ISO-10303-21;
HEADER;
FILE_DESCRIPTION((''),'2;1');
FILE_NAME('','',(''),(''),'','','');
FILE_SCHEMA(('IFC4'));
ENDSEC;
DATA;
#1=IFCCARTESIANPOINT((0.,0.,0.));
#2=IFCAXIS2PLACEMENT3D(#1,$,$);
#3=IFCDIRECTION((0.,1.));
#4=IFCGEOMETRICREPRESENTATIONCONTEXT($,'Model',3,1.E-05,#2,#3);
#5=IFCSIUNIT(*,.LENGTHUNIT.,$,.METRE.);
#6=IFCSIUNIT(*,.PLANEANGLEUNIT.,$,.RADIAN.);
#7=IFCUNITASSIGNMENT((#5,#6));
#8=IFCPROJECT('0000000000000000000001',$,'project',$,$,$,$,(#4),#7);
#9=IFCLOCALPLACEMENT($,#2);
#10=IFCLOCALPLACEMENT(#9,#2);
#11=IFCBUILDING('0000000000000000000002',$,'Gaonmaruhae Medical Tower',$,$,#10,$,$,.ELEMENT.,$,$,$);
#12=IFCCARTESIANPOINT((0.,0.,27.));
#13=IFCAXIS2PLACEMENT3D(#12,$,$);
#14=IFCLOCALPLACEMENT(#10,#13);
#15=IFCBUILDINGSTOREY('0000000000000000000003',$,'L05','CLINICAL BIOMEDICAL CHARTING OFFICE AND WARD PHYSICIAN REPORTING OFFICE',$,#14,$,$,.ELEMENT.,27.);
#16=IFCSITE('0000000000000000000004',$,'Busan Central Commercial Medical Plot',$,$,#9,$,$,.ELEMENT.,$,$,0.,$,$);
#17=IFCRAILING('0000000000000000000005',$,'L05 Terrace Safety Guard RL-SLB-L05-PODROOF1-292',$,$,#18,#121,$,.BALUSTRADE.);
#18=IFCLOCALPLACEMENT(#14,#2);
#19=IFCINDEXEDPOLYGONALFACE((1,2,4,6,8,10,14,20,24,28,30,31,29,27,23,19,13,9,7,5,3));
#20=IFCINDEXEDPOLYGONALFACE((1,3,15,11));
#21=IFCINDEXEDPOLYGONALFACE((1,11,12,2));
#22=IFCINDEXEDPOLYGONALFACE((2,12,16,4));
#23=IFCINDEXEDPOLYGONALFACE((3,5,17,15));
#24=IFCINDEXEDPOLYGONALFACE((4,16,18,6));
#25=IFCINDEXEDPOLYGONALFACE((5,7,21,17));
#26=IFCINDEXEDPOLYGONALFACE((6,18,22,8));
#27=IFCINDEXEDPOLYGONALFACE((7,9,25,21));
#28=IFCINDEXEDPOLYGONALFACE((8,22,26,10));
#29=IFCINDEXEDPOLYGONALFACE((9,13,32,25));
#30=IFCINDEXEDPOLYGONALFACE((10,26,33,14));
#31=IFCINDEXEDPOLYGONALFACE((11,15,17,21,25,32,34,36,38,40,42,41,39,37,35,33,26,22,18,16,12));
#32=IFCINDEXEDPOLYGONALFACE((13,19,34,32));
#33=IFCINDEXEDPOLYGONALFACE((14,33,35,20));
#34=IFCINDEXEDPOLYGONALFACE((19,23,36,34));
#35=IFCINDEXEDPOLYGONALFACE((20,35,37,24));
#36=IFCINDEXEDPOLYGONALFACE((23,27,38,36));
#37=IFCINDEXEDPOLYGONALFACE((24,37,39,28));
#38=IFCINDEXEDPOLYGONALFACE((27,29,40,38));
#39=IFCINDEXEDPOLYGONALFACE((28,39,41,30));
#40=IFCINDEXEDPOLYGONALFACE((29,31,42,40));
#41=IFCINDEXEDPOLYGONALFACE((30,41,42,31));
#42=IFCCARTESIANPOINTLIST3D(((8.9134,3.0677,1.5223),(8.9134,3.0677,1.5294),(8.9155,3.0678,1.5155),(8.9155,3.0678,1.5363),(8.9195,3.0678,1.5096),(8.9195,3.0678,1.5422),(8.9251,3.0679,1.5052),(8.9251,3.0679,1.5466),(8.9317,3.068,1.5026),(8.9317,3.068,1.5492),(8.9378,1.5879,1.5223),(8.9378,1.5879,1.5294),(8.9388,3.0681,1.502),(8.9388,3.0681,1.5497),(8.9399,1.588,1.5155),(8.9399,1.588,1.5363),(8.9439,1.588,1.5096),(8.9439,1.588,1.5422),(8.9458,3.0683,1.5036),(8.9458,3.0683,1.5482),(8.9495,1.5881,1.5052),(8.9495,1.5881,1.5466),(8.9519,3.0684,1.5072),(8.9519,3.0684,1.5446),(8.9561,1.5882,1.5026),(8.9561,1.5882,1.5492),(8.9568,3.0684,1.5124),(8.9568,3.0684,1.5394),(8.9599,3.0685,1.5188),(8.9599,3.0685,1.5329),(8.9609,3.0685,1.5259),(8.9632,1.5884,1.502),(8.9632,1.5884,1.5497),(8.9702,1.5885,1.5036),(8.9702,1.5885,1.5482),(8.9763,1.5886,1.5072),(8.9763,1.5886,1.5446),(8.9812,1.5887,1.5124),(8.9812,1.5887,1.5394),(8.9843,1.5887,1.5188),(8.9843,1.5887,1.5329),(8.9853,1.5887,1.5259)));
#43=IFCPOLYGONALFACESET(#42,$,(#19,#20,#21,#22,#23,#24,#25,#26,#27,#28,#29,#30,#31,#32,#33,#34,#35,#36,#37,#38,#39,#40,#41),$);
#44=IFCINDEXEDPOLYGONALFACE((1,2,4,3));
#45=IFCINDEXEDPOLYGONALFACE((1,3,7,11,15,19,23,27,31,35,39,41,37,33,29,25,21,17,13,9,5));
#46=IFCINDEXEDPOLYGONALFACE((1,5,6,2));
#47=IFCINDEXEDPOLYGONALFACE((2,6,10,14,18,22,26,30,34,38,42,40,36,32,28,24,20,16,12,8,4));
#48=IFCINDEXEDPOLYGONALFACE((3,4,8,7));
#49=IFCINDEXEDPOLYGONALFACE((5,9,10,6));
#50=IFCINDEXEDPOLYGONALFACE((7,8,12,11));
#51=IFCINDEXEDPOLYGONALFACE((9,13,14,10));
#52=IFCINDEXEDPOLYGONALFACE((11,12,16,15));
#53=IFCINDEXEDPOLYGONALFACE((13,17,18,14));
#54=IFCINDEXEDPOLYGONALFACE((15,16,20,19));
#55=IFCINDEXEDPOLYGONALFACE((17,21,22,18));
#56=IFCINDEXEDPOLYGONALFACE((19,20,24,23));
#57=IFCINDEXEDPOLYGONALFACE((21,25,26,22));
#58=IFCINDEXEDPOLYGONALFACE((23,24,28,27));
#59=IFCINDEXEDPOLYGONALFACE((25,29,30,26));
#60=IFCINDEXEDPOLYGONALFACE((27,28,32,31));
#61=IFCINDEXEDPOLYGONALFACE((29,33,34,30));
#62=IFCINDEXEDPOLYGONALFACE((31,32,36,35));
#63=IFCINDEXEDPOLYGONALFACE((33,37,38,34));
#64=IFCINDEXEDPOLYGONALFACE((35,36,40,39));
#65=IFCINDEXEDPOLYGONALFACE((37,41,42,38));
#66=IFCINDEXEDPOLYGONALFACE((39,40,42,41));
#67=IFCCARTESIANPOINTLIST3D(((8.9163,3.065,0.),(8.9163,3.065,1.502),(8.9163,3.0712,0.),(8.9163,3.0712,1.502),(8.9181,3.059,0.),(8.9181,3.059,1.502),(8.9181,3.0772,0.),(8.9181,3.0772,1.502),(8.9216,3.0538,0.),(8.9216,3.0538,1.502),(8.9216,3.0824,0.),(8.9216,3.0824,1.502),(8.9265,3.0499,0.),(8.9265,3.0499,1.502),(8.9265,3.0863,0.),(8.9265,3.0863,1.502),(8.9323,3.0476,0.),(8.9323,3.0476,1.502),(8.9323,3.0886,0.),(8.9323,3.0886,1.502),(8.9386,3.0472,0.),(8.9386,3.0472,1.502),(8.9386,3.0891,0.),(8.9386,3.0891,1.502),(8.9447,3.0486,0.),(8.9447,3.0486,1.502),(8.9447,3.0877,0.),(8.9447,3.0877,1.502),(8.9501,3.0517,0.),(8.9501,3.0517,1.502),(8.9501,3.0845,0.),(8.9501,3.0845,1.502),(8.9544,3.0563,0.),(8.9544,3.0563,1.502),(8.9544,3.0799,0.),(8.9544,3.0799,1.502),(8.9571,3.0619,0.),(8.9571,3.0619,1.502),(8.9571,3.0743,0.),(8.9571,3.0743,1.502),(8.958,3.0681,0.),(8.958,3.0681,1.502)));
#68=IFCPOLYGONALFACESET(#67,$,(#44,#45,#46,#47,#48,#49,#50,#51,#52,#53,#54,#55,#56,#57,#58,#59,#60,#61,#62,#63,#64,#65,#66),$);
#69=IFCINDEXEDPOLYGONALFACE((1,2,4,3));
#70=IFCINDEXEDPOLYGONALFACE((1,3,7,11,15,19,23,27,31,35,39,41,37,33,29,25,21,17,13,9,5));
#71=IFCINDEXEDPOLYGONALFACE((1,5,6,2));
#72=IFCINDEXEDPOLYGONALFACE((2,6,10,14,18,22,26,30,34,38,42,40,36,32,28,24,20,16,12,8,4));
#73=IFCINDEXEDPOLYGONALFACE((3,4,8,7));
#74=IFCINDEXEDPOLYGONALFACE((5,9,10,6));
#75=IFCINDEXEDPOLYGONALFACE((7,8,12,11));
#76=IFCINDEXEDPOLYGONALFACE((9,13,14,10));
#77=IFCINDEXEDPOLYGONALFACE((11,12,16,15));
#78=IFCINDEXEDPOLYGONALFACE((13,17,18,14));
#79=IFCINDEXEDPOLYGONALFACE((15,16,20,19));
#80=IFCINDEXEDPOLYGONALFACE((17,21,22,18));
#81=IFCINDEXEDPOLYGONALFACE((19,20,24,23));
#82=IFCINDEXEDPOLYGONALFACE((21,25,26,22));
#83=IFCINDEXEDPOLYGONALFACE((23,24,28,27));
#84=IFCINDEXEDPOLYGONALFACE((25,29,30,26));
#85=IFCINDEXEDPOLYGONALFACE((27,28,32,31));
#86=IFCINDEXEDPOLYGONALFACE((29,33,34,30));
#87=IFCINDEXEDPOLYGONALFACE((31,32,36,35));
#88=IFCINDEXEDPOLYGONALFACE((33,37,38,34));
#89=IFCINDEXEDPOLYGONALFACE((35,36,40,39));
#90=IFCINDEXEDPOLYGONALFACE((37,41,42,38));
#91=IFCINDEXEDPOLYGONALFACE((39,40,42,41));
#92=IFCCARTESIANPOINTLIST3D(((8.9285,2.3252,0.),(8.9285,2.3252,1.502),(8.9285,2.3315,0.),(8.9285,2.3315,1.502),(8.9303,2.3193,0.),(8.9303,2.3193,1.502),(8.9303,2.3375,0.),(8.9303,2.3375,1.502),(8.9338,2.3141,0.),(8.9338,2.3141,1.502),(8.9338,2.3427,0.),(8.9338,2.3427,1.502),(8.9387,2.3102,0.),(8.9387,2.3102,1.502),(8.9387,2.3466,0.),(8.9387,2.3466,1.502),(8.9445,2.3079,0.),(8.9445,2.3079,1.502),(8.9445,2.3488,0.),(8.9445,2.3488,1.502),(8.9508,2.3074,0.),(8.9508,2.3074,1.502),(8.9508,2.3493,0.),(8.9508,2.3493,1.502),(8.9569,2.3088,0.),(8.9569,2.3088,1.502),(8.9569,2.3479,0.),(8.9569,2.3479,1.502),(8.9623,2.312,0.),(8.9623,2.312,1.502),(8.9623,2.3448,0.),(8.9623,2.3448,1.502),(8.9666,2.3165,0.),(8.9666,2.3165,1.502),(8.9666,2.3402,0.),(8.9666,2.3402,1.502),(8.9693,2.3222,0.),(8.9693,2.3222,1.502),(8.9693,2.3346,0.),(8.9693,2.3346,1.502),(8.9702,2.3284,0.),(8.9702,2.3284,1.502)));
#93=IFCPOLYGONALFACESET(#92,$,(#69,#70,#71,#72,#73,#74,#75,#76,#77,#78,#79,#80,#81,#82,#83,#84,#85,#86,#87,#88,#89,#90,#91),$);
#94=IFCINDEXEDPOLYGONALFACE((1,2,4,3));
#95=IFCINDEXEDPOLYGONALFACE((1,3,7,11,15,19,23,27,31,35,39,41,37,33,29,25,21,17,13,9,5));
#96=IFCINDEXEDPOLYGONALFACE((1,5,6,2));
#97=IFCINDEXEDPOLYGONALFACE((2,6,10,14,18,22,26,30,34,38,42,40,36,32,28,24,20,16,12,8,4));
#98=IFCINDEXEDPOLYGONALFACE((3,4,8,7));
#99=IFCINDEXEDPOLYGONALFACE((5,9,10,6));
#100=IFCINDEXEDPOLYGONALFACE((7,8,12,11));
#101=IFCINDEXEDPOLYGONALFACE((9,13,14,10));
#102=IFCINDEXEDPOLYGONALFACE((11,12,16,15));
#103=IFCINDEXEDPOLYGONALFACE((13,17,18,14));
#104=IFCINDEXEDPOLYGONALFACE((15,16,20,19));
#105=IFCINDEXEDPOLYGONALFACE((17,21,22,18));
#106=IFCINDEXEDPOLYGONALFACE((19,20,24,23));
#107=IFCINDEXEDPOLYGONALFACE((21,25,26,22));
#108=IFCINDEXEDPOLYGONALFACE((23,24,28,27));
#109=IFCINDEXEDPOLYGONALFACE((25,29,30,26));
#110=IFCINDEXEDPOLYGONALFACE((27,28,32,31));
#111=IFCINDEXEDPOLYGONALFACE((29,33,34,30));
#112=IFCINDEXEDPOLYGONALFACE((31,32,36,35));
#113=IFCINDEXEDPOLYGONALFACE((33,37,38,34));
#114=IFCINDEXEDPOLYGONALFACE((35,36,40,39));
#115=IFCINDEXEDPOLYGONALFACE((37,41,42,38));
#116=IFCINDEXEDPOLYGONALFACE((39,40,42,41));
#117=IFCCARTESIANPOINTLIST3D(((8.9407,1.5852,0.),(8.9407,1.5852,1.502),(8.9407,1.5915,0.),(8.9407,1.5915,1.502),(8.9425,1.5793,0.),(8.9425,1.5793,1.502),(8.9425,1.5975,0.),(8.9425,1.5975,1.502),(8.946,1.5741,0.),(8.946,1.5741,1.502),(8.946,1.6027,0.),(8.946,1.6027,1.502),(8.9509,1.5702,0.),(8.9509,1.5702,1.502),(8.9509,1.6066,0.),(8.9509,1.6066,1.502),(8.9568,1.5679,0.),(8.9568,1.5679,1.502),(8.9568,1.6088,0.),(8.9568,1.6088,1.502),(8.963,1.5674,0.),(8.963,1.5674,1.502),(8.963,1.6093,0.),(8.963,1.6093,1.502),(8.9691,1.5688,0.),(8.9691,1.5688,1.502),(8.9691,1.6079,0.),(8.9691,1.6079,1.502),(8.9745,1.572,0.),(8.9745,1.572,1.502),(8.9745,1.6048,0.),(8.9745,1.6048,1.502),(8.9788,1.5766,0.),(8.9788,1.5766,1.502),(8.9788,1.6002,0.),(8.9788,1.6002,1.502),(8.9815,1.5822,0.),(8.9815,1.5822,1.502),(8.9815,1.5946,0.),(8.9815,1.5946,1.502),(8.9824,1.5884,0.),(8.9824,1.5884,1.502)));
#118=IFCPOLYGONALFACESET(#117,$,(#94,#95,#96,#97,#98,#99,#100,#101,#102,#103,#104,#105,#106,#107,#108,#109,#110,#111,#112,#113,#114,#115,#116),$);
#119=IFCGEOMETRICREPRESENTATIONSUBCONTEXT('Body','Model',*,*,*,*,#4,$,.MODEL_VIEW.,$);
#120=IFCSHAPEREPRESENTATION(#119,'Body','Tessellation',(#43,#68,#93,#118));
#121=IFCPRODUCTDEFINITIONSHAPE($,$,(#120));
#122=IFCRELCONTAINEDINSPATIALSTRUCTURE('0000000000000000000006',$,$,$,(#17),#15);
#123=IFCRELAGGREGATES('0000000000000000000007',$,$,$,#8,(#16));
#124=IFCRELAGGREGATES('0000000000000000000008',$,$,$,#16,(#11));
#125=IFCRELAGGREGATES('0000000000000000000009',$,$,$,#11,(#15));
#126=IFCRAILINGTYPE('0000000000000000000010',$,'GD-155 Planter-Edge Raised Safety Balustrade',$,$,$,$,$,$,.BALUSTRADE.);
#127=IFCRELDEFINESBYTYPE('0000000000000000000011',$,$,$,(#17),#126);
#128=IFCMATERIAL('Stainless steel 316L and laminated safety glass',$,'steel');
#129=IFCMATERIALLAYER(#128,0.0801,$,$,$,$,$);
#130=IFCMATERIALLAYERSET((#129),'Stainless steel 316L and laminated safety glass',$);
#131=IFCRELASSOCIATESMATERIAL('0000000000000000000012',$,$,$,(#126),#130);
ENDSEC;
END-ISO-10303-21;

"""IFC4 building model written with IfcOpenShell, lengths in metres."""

from ifc_helpers import new_model, si_unit, direction, frame, origin, origin_2d, place, context, subcontext, project, spatial, circle, extrude, material, layer, layer_set, type_object, element, save


model = new_model("IFC4")

# Units and contexts
model_context = context("Model", 3, precision=1e-05, world=origin(), true_north=direction((0.0, 1.0)))
body_context = subcontext(model_context, "Body", "Model", "MODEL_VIEW")
ifc_project = project(units=[si_unit("LENGTHUNIT", "METRE"), si_unit("PLANEANGLEUNIT", "RADIAN")], contexts=[model_context])

# Site, building, storey
site_placement = place(None, origin())
site = spatial("IfcSite", under=ifc_project, at=site_placement, Name="Busan Central Commercial Medical Plot", CompositionType="ELEMENT", RefElevation=0.0)
building_placement = place(site_placement, origin())
building = spatial("IfcBuilding", under=site, at=building_placement, Name="Gaonmaruhae Medical Tower", CompositionType="ELEMENT")
storey_placement = place(building_placement, frame((0.0, 0.0, 27.0)))
storey = spatial("IfcBuildingStorey", under=building, at=storey_placement, Name="L05", Description="CLINICAL BIOMEDICAL CHARTING OFFICE AND WARD PHYSICIAN REPORTING OFFICE", CompositionType="ELEMENT", Elevation=27.0)

# Railing
ifc_material_1 = material(Name="Stainless steel 316L and laminated safety glass", Category="steel")
ifc_layer_1 = layer(ifc_material_1, 0.0801)
ifc_layer_set_1 = layer_set([ifc_layer_1], Name="Stainless steel 316L and laminated safety glass")
railing_type = type_object("IfcRailingType", Name="GD-155 Planter-Edge Raised Safety Balustrade", PredefinedType="BALUSTRADE", material=ifc_layer_set_1)
railing_1_placement = place(storey_placement, frame((8.937, 3.0681, 0.0)))
element("IfcRailing", 1, at=railing_1_placement, inside=storey, type_object=railing_type, Name="L05 Terrace Safety Guard RL-SLB-L05-PODROOF1-292", PredefinedType="BALUSTRADE", context=body_context, shape_type="SweptSolid", body=[
    extrude(circle(Radius=0.0239, at=origin_2d()), frame((0.0, 0.0, 1.5259), z_axis=(0.016497, -0.999864, 0.0), x_axis=(0.999864, 0.016497, 0.0)), (0.0, 0.0, 1.0), 1.48),
    extrude(circle(Radius=0.021, at=origin_2d()), origin(), (0.0, 0.0, 1.0), 1.502),
    extrude(circle(Radius=0.021, at=origin_2d()), frame((0.0122, -0.7397, 0.0)), (0.0, 0.0, 1.0), 1.502),
    extrude(circle(Radius=0.021, at=origin_2d()), frame((0.0244, -1.4797, 0.0)), (0.0, 0.0, 1.0), 1.502),
])

save(model, "model.ifc")
